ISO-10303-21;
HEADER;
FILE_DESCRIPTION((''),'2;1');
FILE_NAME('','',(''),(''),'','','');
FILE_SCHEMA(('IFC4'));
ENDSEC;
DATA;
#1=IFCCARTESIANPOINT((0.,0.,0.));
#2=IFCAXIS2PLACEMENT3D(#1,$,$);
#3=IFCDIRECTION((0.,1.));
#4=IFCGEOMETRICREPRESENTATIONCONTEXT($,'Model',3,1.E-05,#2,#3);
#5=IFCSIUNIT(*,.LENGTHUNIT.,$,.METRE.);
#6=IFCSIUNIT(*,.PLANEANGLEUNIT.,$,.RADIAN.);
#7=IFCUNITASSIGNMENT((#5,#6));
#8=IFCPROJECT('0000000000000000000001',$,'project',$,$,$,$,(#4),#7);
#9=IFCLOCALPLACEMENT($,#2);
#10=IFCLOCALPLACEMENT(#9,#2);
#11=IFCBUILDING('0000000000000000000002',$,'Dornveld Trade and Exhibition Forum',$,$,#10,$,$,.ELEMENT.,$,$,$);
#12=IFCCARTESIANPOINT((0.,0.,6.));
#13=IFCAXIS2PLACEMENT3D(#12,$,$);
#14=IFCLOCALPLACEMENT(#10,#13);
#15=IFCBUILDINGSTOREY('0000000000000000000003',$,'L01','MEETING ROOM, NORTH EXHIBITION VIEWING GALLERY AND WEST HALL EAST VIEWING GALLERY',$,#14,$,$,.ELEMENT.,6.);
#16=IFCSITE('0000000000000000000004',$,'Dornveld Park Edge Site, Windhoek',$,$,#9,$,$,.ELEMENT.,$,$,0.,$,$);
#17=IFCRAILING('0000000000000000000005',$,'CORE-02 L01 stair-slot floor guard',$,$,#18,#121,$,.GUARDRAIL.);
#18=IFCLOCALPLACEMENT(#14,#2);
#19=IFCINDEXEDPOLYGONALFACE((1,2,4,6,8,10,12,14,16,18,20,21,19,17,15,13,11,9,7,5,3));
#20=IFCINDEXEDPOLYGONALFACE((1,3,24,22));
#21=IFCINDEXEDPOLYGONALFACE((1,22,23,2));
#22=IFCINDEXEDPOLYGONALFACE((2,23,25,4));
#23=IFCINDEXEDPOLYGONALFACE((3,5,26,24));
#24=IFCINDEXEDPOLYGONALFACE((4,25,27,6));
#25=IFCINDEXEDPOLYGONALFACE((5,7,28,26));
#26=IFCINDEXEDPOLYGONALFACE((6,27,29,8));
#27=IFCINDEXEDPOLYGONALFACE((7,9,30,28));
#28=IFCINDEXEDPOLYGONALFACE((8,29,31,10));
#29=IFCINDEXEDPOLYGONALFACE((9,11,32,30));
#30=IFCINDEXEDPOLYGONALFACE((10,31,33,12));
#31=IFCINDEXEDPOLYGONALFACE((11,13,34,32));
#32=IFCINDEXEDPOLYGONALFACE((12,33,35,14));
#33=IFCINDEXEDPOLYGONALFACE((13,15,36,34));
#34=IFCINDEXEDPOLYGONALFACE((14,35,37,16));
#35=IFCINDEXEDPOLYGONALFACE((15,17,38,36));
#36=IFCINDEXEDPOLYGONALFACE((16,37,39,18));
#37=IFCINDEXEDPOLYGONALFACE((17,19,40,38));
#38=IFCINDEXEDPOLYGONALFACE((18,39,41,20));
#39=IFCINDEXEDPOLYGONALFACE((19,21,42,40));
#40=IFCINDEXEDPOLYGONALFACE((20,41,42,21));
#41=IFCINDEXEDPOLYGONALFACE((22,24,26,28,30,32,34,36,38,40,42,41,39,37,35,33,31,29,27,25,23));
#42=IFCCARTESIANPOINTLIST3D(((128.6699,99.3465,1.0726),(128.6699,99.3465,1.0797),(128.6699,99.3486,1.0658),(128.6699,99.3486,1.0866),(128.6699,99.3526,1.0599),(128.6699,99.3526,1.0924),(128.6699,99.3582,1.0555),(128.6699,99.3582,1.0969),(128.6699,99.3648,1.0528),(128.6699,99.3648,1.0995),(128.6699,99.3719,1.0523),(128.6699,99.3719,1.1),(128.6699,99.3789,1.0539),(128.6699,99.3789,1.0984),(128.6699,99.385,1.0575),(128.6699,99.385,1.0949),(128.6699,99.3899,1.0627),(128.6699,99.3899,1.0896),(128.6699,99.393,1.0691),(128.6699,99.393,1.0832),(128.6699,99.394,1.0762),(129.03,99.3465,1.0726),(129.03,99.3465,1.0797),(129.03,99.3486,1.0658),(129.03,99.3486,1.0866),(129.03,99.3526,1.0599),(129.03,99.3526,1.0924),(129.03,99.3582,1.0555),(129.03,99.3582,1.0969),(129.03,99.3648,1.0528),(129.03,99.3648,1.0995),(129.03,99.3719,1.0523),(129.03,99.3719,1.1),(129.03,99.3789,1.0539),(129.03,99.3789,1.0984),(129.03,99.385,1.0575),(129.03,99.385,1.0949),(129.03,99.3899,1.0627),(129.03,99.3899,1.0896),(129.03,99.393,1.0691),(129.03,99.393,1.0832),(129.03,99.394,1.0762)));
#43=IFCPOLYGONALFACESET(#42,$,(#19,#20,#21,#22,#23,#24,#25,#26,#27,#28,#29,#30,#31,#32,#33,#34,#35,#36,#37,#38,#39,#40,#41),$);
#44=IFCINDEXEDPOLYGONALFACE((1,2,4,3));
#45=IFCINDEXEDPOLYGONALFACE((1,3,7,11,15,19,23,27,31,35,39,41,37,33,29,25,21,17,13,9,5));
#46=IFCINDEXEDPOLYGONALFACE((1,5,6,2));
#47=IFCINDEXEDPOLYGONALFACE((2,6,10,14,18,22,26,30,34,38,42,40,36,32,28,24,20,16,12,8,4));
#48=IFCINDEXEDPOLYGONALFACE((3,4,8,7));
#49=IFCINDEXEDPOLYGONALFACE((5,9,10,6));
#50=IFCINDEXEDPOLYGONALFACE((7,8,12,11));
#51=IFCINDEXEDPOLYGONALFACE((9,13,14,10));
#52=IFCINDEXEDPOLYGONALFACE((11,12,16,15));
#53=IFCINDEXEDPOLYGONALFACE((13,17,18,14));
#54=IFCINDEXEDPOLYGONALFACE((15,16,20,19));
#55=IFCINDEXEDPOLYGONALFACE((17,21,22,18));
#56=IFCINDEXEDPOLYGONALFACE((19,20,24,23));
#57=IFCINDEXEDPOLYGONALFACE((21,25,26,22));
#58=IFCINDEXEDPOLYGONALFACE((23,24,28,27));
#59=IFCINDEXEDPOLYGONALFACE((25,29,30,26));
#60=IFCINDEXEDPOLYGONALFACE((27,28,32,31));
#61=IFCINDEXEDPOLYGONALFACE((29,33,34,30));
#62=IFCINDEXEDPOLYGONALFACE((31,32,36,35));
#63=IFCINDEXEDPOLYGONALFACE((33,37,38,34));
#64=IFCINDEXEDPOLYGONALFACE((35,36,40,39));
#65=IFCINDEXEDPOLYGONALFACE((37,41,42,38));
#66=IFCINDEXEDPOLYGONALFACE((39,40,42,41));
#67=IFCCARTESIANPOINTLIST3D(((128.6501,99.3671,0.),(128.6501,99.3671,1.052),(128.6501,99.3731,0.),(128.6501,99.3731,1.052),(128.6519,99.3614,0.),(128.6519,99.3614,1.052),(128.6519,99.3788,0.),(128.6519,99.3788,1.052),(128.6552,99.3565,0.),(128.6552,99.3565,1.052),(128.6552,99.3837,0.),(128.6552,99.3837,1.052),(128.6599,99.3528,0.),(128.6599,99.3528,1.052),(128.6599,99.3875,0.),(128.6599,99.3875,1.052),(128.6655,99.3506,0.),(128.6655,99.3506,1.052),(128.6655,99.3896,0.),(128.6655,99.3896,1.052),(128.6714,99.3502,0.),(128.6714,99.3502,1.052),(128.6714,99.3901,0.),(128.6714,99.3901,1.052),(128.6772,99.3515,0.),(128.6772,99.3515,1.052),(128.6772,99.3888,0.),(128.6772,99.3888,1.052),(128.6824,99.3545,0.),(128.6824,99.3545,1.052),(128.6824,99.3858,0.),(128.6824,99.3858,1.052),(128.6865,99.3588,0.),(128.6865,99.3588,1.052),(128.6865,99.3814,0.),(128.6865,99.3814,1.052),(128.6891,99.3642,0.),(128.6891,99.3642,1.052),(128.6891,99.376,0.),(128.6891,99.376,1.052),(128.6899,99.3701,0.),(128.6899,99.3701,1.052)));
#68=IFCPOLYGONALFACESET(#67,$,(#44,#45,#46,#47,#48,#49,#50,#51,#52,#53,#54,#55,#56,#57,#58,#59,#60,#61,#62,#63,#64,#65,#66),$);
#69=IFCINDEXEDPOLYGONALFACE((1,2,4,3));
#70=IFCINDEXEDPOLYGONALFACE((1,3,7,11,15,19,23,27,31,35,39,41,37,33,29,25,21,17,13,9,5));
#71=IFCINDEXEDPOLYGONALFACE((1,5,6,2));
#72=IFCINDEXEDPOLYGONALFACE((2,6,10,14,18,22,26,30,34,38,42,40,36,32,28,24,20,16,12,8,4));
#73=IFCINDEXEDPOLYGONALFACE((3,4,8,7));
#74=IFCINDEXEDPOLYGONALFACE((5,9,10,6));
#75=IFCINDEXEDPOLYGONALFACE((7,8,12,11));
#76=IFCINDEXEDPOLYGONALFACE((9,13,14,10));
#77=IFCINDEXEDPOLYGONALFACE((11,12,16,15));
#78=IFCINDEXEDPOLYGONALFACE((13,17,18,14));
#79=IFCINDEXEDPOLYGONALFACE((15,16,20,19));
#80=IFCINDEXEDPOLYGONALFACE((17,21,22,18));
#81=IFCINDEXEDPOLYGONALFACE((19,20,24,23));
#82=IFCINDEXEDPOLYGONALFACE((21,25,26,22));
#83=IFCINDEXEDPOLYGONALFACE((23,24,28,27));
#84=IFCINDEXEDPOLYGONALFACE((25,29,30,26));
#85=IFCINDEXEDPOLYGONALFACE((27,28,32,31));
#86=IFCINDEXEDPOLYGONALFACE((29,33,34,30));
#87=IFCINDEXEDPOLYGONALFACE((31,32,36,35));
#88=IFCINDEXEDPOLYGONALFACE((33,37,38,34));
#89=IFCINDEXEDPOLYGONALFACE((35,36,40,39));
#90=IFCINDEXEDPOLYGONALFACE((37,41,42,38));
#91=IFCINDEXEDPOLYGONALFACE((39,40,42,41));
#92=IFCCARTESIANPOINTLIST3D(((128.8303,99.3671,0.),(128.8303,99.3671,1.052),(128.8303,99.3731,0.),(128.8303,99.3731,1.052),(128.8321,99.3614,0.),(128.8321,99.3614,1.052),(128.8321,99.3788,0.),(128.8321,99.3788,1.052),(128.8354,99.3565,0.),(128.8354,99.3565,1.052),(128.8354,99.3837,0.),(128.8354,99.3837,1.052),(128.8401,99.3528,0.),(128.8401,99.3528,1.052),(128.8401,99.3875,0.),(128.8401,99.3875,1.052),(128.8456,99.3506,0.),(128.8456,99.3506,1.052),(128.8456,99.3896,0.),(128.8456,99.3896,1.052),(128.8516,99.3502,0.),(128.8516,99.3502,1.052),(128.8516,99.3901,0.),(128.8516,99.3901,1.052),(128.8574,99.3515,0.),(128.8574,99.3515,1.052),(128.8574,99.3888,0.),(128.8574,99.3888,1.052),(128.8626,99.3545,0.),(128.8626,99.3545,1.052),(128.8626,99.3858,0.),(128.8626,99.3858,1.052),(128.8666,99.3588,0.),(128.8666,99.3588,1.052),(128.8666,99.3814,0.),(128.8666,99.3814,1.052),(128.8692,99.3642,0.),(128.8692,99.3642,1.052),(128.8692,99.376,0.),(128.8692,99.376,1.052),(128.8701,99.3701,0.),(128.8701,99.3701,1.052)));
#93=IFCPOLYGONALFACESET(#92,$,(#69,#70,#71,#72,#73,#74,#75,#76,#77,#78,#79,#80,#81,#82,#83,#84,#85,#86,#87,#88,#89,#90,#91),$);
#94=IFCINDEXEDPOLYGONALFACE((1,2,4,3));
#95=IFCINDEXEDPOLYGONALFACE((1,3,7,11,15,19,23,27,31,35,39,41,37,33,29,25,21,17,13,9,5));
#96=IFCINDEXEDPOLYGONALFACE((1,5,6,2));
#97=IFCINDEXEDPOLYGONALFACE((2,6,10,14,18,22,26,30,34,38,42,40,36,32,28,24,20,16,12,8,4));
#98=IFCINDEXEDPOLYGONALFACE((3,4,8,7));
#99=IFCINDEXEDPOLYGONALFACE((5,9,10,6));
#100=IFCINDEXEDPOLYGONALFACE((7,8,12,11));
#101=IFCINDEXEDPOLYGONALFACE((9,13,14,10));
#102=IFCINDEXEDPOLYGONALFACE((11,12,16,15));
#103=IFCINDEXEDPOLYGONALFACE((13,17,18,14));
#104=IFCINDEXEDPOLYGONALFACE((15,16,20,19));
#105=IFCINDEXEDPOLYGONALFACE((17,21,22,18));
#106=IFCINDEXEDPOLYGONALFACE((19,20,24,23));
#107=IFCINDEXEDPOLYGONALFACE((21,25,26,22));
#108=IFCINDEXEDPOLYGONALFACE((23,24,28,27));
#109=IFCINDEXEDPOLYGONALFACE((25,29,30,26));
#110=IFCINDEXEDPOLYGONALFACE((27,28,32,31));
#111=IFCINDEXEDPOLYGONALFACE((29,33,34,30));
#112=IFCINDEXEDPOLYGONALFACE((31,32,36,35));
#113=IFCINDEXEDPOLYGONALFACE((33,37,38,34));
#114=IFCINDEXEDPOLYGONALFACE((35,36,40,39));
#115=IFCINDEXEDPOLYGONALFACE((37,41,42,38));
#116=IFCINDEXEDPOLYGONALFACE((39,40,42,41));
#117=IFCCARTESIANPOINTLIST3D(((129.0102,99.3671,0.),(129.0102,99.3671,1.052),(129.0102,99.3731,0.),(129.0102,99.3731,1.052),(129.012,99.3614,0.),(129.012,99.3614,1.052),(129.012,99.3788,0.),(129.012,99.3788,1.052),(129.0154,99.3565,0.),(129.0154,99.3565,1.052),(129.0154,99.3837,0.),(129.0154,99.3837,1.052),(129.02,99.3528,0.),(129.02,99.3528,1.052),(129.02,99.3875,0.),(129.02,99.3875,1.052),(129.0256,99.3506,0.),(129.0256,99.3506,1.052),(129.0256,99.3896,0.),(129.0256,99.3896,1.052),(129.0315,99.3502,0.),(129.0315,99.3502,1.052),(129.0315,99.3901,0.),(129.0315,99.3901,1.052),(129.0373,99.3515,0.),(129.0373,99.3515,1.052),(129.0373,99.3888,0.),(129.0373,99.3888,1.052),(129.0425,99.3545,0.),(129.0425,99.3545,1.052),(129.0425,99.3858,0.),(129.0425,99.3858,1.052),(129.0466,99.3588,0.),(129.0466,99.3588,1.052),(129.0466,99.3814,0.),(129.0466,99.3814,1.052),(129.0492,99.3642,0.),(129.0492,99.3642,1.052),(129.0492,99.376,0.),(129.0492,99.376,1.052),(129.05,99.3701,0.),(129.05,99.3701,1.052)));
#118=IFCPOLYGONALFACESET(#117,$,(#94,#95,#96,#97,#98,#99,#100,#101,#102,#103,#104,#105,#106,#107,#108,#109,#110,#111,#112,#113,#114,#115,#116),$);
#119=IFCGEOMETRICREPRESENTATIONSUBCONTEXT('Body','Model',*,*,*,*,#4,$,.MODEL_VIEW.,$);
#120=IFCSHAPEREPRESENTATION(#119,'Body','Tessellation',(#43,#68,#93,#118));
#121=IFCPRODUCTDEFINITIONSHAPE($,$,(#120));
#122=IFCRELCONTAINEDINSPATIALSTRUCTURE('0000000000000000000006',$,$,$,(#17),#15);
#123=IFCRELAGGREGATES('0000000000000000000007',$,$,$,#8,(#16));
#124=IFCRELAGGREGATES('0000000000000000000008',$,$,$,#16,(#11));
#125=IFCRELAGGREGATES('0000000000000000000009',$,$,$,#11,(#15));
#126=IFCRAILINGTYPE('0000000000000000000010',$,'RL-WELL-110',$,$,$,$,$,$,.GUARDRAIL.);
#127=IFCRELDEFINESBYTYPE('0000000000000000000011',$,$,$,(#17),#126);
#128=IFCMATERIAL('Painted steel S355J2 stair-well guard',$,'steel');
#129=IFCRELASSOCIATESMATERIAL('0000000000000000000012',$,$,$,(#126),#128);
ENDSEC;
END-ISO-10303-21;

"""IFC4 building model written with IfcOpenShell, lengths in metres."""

from ifc_helpers import new_model, si_unit, direction, frame, origin, origin_2d, place, context, subcontext, project, spatial, circle, extrude, material, type_object, element, save


model = new_model("IFC4")

# Units and contexts
model_context = context("Model", 3, precision=1e-05, world=origin(), true_north=direction((0.0, 1.0)))
body_context = subcontext(model_context, "Body", "Model", "MODEL_VIEW")
ifc_project = project(units=[si_unit("LENGTHUNIT", "METRE"), si_unit("PLANEANGLEUNIT", "RADIAN")], contexts=[model_context])

# Site, building, storey
site_placement = place(None, origin())
site = spatial("IfcSite", under=ifc_project, at=site_placement, Name="Dornveld Park Edge Site, Windhoek", CompositionType="ELEMENT", RefElevation=0.0)
building_placement = place(site_placement, origin())
building = spatial("IfcBuilding", under=site, at=building_placement, Name="Dornveld Trade and Exhibition Forum", CompositionType="ELEMENT")
storey_placement = place(building_placement, frame((0.0, 0.0, 6.0)))
storey = spatial("IfcBuildingStorey", under=building, at=storey_placement, Name="L01", Description="MEETING ROOM, NORTH EXHIBITION VIEWING GALLERY AND WEST HALL EAST VIEWING GALLERY", CompositionType="ELEMENT", Elevation=6.0)

# Railing
ifc_material_1 = material(Name="Painted steel S355J2 stair-well guard", Category="steel")
railing_type_1 = type_object("IfcRailingType", Name="RL-WELL-110", PredefinedType="GUARDRAIL", material=ifc_material_1)
railing_1_placement = place(storey_placement, frame((128.6699, 99.3701, 0.0)))
element("IfcRailing", 1, at=railing_1_placement, inside=storey, type_object=railing_type_1, Name="CORE-02 L01 stair-slot floor guard", PredefinedType="GUARDRAIL", context=body_context, shape_type="SweptSolid", body=[
    extrude(circle(Radius=0.0239, at=origin_2d()), frame((0.0, 0.0, 1.0762), z_axis=(1.0, 0.0, 0.0), x_axis=(0.0, 1.0, 0.0)), (0.0, 0.0, 1.0), 0.3601),
    extrude(circle(Radius=0.02, at=origin_2d()), origin(), (0.0, 0.0, 1.0), 1.052),
    extrude(circle(Radius=0.02, at=origin_2d()), frame((0.1802, 0.0, 0.0)), (0.0, 0.0, 1.0), 1.052),
    extrude(circle(Radius=0.02, at=origin_2d()), frame((0.3601, 0.0, 0.0)), (0.0, 0.0, 1.0), 1.052),
])

save(model, "model.ifc")
